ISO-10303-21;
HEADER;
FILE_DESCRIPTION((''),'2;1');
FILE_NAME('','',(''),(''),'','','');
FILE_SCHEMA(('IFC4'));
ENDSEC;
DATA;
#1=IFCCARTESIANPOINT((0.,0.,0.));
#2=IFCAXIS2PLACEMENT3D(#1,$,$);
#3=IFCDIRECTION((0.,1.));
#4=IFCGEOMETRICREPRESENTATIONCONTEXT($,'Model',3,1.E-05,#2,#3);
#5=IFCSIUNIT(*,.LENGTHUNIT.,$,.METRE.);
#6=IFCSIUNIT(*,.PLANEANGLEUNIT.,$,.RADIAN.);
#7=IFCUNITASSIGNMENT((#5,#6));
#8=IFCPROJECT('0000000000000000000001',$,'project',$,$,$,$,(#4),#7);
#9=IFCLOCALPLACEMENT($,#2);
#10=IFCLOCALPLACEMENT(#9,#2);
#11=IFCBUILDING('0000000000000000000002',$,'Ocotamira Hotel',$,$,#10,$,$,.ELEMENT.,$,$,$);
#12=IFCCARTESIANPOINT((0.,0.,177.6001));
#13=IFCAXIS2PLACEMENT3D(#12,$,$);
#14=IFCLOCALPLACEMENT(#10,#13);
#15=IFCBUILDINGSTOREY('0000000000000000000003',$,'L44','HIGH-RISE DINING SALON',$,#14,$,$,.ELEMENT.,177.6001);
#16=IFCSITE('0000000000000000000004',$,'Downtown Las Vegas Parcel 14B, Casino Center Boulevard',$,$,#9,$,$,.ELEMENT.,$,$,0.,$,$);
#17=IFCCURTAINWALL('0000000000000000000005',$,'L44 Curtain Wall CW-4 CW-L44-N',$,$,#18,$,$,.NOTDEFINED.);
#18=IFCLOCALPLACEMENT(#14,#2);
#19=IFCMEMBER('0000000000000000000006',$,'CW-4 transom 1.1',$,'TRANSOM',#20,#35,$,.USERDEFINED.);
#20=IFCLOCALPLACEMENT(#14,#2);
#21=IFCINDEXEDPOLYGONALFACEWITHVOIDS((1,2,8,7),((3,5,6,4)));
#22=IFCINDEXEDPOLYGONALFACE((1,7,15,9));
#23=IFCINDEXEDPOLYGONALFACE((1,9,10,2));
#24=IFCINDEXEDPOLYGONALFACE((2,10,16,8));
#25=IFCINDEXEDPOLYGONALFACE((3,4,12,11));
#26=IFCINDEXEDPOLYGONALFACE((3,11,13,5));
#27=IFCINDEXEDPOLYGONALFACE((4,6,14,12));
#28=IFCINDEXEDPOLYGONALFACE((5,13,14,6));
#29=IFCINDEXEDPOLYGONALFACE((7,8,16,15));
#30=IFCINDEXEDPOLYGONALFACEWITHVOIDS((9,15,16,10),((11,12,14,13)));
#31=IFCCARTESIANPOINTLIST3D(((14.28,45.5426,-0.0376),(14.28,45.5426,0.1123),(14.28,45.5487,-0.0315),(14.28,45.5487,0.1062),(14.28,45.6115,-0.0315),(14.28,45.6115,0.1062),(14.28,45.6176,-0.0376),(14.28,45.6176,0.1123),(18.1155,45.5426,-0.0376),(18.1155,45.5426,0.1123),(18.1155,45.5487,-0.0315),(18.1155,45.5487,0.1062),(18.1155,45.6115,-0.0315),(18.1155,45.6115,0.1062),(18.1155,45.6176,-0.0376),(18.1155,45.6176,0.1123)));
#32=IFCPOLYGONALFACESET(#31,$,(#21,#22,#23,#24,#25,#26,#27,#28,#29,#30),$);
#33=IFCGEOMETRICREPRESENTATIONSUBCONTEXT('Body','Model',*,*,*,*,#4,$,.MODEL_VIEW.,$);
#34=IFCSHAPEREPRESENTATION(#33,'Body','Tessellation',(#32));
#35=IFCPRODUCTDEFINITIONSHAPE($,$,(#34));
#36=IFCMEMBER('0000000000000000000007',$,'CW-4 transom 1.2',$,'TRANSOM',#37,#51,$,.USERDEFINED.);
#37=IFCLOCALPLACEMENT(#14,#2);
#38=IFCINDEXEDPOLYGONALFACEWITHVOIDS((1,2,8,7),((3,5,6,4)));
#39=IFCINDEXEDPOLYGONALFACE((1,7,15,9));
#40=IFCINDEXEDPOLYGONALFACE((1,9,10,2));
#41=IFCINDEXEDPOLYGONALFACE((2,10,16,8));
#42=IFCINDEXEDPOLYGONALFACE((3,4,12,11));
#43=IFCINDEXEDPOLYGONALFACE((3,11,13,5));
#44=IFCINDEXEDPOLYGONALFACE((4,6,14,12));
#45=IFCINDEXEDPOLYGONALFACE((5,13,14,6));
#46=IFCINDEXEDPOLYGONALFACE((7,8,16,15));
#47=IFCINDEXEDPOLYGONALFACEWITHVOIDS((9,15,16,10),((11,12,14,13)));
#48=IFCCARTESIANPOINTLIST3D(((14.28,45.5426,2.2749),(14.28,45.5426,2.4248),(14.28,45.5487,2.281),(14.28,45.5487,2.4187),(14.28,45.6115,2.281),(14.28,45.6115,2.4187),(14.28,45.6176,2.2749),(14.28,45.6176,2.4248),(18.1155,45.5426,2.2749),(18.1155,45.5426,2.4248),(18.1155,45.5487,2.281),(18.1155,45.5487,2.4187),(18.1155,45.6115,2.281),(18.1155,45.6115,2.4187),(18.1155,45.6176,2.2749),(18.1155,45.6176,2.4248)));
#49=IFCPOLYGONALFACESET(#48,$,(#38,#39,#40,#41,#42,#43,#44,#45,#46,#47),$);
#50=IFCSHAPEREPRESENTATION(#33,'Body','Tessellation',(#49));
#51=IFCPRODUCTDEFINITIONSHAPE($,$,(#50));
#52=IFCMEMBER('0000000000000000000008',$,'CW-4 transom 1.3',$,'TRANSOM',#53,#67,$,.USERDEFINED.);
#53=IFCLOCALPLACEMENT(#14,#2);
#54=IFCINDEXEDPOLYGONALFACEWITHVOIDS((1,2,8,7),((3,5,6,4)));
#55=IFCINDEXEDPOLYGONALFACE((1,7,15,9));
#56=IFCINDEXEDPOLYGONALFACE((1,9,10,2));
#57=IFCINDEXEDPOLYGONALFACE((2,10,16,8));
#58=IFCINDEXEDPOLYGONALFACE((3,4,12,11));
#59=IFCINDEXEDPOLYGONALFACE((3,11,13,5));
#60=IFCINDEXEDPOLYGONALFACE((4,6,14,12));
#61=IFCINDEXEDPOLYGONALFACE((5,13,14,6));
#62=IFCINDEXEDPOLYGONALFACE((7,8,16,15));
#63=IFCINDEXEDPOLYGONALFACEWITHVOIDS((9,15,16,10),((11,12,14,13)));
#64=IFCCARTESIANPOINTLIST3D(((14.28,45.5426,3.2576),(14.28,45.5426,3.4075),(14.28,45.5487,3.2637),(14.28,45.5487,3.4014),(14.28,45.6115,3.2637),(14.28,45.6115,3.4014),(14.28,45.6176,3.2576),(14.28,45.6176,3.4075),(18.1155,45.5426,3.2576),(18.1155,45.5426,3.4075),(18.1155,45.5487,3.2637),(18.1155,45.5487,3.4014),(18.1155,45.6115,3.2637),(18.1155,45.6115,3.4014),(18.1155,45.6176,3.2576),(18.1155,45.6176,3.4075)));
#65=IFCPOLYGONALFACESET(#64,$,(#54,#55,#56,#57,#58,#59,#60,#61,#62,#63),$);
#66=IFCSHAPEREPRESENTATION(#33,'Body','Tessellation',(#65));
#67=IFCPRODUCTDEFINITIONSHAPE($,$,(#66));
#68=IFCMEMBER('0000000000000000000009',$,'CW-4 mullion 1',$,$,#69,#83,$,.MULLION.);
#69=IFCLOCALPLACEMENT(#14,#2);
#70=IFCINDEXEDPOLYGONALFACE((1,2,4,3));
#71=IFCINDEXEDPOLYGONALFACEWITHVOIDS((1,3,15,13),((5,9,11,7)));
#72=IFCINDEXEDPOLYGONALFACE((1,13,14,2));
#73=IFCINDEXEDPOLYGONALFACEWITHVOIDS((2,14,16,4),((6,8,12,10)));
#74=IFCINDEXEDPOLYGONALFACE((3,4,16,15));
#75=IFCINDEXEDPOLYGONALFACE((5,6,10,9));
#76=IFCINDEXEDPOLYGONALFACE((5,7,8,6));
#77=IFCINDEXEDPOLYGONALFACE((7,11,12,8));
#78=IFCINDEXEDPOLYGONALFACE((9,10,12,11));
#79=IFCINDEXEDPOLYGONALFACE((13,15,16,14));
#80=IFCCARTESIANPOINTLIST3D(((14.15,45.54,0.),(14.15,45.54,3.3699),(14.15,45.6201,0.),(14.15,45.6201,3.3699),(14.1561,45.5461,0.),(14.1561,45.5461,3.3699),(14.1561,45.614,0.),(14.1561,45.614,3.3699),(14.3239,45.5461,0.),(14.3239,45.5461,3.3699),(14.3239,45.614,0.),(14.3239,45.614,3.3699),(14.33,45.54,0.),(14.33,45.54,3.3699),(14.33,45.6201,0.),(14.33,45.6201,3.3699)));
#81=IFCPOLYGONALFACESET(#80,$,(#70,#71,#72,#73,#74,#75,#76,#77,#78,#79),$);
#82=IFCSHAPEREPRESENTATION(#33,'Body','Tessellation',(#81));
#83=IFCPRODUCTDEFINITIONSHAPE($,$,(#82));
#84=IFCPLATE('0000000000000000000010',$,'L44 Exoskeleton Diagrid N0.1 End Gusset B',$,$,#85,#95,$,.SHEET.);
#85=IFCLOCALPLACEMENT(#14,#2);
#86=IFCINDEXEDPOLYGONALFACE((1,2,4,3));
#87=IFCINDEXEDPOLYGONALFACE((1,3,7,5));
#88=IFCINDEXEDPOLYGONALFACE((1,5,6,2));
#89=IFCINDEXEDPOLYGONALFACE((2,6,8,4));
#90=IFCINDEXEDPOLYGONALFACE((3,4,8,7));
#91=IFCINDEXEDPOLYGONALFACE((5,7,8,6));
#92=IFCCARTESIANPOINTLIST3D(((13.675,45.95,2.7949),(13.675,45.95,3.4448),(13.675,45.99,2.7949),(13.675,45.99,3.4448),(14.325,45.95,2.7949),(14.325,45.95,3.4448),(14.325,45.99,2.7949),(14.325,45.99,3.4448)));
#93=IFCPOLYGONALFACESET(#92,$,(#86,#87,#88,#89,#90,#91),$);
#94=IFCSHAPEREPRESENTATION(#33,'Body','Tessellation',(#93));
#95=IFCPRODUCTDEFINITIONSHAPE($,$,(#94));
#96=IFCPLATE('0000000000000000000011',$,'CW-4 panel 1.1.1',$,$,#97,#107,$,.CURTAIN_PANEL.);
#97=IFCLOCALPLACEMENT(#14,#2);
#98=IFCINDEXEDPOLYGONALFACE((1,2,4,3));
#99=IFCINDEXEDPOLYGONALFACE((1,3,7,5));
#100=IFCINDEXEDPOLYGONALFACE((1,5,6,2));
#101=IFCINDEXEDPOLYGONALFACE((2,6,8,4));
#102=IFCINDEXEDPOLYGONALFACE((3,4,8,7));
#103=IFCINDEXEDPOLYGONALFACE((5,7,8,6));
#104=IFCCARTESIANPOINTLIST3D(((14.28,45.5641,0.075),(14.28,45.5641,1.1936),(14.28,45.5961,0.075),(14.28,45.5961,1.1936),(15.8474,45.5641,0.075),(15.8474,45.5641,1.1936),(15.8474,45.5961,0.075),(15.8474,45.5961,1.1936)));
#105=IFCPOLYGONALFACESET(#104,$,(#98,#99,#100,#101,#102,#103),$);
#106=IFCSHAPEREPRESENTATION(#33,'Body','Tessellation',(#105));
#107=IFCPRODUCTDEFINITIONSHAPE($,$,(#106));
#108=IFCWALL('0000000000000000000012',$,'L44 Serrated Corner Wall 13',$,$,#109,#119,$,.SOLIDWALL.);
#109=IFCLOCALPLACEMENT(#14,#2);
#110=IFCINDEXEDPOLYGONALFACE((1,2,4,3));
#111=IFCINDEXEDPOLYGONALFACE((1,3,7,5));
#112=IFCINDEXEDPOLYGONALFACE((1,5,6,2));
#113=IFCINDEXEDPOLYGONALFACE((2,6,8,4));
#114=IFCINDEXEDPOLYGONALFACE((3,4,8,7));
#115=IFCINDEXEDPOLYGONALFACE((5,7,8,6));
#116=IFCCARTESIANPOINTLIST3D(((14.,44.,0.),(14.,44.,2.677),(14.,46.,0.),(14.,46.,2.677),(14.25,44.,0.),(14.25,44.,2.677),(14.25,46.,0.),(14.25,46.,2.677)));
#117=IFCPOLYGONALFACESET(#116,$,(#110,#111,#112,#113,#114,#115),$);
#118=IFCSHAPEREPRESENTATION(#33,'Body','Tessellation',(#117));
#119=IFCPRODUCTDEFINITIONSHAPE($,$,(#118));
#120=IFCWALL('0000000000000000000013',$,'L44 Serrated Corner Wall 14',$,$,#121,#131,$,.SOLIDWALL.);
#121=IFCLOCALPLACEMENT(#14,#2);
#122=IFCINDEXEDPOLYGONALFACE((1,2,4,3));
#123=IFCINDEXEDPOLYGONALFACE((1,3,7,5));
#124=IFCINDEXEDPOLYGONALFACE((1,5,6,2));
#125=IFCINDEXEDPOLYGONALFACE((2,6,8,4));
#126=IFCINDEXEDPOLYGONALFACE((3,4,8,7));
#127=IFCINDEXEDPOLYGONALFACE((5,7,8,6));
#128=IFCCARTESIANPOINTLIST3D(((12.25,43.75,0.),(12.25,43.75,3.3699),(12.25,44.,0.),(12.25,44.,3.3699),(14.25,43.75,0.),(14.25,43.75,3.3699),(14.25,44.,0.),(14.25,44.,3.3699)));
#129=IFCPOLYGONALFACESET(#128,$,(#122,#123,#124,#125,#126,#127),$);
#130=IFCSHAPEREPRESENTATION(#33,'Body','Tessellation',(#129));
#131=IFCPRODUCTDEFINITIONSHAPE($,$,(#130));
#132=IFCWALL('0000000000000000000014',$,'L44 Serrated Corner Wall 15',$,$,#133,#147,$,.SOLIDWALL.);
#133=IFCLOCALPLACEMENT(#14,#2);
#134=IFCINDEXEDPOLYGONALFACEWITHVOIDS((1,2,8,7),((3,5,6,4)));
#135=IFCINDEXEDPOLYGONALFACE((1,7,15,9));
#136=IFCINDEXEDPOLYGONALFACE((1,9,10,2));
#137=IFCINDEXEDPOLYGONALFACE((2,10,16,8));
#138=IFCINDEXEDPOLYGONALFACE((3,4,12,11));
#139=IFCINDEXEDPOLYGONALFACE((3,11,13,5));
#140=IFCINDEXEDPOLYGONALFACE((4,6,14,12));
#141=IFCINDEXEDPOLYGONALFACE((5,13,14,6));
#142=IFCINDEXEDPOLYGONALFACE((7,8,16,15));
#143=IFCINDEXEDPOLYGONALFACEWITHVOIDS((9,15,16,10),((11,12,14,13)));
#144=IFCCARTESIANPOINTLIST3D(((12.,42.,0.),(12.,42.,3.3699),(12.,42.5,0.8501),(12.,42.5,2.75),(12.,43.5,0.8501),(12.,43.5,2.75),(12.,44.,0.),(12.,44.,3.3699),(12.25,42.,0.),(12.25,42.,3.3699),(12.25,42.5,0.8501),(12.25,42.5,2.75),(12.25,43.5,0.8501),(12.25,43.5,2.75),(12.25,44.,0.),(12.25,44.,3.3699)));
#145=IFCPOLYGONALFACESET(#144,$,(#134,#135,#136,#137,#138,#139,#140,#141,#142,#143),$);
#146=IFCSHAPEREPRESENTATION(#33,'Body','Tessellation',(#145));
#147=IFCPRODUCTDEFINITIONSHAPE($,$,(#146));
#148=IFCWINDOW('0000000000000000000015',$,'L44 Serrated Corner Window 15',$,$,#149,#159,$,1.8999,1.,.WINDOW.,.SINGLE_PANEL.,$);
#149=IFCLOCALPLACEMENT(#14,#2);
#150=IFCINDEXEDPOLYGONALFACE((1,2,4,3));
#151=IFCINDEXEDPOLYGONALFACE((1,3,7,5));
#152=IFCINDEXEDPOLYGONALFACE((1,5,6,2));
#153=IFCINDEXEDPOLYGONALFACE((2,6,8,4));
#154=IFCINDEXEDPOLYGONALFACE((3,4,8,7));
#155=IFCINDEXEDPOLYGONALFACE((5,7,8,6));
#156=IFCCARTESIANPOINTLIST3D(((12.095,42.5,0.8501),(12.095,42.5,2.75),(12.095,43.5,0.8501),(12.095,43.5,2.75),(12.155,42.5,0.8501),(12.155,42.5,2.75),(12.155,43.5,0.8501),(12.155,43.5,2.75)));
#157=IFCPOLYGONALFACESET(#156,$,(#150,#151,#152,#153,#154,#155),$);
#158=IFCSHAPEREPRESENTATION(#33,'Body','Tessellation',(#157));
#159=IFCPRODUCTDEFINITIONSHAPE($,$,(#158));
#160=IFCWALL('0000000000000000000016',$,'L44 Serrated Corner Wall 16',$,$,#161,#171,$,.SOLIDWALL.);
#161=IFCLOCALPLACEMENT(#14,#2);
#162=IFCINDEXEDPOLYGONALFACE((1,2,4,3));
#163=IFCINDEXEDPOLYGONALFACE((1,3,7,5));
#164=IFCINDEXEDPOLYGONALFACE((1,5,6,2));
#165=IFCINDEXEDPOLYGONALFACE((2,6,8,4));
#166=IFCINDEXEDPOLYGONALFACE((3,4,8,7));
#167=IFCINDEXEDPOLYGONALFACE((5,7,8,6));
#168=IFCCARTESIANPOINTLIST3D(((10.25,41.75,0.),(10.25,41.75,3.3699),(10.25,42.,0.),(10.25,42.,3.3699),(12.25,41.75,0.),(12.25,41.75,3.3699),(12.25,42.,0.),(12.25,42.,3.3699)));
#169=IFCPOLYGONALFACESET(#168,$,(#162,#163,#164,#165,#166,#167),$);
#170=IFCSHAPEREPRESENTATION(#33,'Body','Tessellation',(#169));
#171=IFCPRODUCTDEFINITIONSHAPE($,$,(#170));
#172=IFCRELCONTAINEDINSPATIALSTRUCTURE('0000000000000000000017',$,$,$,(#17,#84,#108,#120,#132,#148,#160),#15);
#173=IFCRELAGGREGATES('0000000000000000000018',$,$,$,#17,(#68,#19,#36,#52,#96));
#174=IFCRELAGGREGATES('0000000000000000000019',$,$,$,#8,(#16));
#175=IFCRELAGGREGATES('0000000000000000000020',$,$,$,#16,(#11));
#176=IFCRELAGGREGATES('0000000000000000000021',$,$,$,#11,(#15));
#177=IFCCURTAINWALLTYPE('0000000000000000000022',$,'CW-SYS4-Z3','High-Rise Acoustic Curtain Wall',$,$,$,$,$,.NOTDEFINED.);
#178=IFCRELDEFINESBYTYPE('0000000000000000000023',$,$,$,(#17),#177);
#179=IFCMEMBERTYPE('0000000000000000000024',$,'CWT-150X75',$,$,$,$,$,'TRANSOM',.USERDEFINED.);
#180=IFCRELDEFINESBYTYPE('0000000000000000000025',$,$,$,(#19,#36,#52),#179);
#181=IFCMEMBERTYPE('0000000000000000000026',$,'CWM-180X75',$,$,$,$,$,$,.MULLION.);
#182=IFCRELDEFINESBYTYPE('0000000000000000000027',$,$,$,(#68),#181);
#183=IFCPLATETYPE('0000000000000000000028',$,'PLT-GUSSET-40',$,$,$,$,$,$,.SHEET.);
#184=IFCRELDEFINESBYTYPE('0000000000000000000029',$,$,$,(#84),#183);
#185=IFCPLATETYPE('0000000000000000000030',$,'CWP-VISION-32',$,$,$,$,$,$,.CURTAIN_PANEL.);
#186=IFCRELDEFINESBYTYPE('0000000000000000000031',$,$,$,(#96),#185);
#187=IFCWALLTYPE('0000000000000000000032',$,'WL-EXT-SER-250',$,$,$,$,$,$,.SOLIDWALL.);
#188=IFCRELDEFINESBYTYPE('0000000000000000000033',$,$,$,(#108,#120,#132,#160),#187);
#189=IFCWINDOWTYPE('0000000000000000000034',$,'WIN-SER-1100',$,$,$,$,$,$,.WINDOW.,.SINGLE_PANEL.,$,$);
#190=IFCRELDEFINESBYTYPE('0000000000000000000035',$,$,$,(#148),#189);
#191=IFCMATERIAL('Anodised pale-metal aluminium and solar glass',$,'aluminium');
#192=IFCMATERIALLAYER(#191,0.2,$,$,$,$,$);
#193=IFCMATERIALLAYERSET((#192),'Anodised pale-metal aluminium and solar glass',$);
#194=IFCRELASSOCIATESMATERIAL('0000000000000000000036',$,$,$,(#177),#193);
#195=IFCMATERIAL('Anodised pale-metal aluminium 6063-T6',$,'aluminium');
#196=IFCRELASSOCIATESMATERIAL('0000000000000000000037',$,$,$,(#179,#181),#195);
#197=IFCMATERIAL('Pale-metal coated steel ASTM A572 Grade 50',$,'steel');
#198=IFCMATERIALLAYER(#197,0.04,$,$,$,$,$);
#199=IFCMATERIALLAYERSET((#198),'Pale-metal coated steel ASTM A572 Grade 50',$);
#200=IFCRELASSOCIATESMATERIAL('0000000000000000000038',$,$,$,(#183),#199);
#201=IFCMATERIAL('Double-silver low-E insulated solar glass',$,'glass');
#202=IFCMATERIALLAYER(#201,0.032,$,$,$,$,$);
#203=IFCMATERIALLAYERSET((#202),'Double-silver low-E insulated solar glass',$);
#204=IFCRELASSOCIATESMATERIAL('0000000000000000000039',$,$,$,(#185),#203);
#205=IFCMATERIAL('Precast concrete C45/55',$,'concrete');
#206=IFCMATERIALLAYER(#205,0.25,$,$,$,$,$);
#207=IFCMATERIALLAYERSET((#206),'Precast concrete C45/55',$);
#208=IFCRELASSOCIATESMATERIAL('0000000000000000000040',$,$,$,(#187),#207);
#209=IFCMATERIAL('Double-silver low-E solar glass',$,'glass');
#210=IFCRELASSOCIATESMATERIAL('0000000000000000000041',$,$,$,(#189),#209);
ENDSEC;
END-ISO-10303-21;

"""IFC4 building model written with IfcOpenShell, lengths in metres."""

from ifc_helpers import new_model, si_unit, direction, frame, frame_2d, origin, origin_2d, place, context, subcontext, project, spatial, rectangle, hollow_rectangle, extrude, source, transform, mapped, material, layer, layer_set, material_profile, profile_set, type_object, element, fill, aggregate, save


model = new_model("IFC4")

# Units and contexts
model_context = context("Model", 3, precision=1e-05, world=origin(), true_north=direction((0.0, 1.0)))
body_context = subcontext(model_context, "Body", "Model", "MODEL_VIEW")
ifc_project = project(units=[si_unit("LENGTHUNIT", "METRE"), si_unit("PLANEANGLEUNIT", "RADIAN")], contexts=[model_context])

# Site, building, storey
site_placement = place(None, origin())
site = spatial("IfcSite", under=ifc_project, at=site_placement, Name="Downtown Las Vegas Parcel 14B, Casino Center Boulevard", CompositionType="ELEMENT", RefElevation=0.0)
building_placement = place(site_placement, origin())
building = spatial("IfcBuilding", under=site, at=building_placement, Name="Ocotamira Hotel", CompositionType="ELEMENT")
storey_placement = place(building_placement, frame((0.0, 0.0, 177.6001)))
storey = spatial("IfcBuildingStorey", under=building, at=storey_placement, Name="L44", Description="HIGH-RISE DINING SALON", CompositionType="ELEMENT", Elevation=177.6001)

# Curtain wall, members
ifc_material_1 = material(Name="Anodised pale-metal aluminium and solar glass", Category="aluminium")
ifc_layer_1 = layer(ifc_material_1, 0.2)
ifc_layer_set_1 = layer_set([ifc_layer_1], Name="Anodised pale-metal aluminium and solar glass")
curtain_wall_type = type_object("IfcCurtainWallType", Name="CW-SYS4-Z3", Description="High-Rise Acoustic Curtain Wall", PredefinedType="NOTDEFINED", material=ifc_layer_set_1)
curtain_wall_placement = place(storey_placement, origin())
curtain_wall = element("IfcCurtainWall", 1, at=curtain_wall_placement, inside=storey, type_object=curtain_wall_type, Name="L44 Curtain Wall CW-4 CW-L44-N", PredefinedType="NOTDEFINED")
ifc_material_2 = material(Name="Anodised pale-metal aluminium 6063-T6", Category="aluminium")
ifc_material_profile_1 = material_profile(ifc_material_2, hollow_rectangle(XDim=0.075, YDim=0.1499, WallThickness=0.0061, at=origin_2d()), Name="HSS150X75X6")
ifc_profile_set_1 = profile_set([ifc_material_profile_1], Name="Anodised pale-metal aluminium 6063-T6")
member_type_1 = type_object("IfcMemberType", Name="CWT-150X75", ElementType="TRANSOM", PredefinedType="USERDEFINED", material=ifc_profile_set_1)
shared_shape_1 = source(origin(), body_context, "Body", "SweptSolid", [
    extrude(hollow_rectangle(XDim=0.075, YDim=0.1499, WallThickness=0.0061, at=origin_2d()), origin(), (0.0, 0.0, 1.0), 3.8354),
])
member_1_placement = place(storey_placement, frame((14.28, 45.5801, 0.0374), z_axis=(1.0, 0.0, 0.0), x_axis=(0.0, 1.0, 0.0)))
member_1 = element("IfcMember", 2, at=member_1_placement, type_object=member_type_1, Name="CW-4 transom 1.1", ObjectType="TRANSOM", PredefinedType="USERDEFINED", context=body_context, shape_type="MappedRepresentation", body=[
    mapped(shared_shape_1, transform((0.0, 0.0, 0.0), scale=1.0)),
])
member_2_placement = place(storey_placement, frame((14.28, 45.5801, 2.3499), z_axis=(1.0, 0.0, 0.0), x_axis=(0.0, 1.0, 0.0)))
member_2 = element("IfcMember", 3, at=member_2_placement, type_object=member_type_1, Name="CW-4 transom 1.2", ObjectType="TRANSOM", PredefinedType="USERDEFINED", context=body_context, shape_type="MappedRepresentation", body=[
    mapped(shared_shape_1, transform((0.0, 0.0, 0.0), scale=1.0)),
])
member_3_placement = place(storey_placement, frame((14.28, 45.5801, 3.3325), z_axis=(1.0, 0.0, 0.0), x_axis=(0.0, 1.0, 0.0)))
member_3 = element("IfcMember", 4, at=member_3_placement, type_object=member_type_1, Name="CW-4 transom 1.3", ObjectType="TRANSOM", PredefinedType="USERDEFINED", context=body_context, shape_type="MappedRepresentation", body=[
    mapped(shared_shape_1, transform((0.0, 0.0, 0.0), scale=1.0)),
])
ifc_material_profile_2 = material_profile(ifc_material_2, hollow_rectangle(XDim=0.0801, YDim=0.1799, WallThickness=0.0061, at=origin_2d()), Name="HSS180X80X6")
ifc_profile_set_2 = profile_set([ifc_material_profile_2], Name="Anodised pale-metal aluminium 6063-T6")
member_type_2 = type_object("IfcMemberType", Name="CWM-180X75", PredefinedType="MULLION", material=ifc_profile_set_2)
shared_shape_2 = source(origin(), body_context, "Body", "SweptSolid", [
    extrude(hollow_rectangle(XDim=0.0801, YDim=0.1799, WallThickness=0.0061, at=origin_2d()), origin(), (0.0, 0.0, 1.0), 3.3699),
])
member_4_placement = place(storey_placement, frame((14.24, 45.5801, 0.0), z_axis=(0.0, 0.0, 1.0), x_axis=(0.0, 1.0, 0.0)))
member_4 = element("IfcMember", 5, at=member_4_placement, type_object=member_type_2, Name="CW-4 mullion 1", PredefinedType="MULLION", context=body_context, shape_type="MappedRepresentation", body=[
    mapped(shared_shape_2, transform((0.0, 0.0, 0.0), scale=1.0)),
])

# Plates
ifc_material_3 = material(Name="Pale-metal coated steel ASTM A572 Grade 50", Category="steel")
ifc_layer_2 = layer(ifc_material_3, 0.04)
ifc_layer_set_2 = layer_set([ifc_layer_2], Name="Pale-metal coated steel ASTM A572 Grade 50")
plate_type_1 = type_object("IfcPlateType", Name="PLT-GUSSET-40", PredefinedType="SHEET", material=ifc_layer_set_2)
shared_shape_3 = source(origin(), body_context, "Body", "SweptSolid", [
    extrude(rectangle(XDim=0.6499, YDim=0.04, at=origin_2d()), origin(), (0.0, 0.0, 1.0), 0.6499),
])
plate_1_placement = place(storey_placement, frame((14.0, 45.97, 2.7949), z_axis=(0.0, 0.0, 1.0), x_axis=(-1.0, 0.0, 0.0)))
element("IfcPlate", 6, at=plate_1_placement, inside=storey, type_object=plate_type_1, Name="L44 Exoskeleton Diagrid N0.1 End Gusset B", PredefinedType="SHEET", context=body_context, shape_type="MappedRepresentation", body=[
    mapped(shared_shape_3, transform((0.0, 0.0, 0.0), scale=1.0)),
])
ifc_material_4 = material(Name="Double-silver low-E insulated solar glass", Category="glass")
ifc_layer_3 = layer(ifc_material_4, 0.032)
ifc_layer_set_3 = layer_set([ifc_layer_3], Name="Double-silver low-E insulated solar glass")
plate_type_2 = type_object("IfcPlateType", Name="CWP-VISION-32", PredefinedType="CURTAIN_PANEL", material=ifc_layer_set_3)
shared_shape_4 = source(origin(), body_context, "Body", "SweptSolid", [
    extrude(rectangle(XDim=1.5674, YDim=0.032, at=origin_2d()), origin(), (0.0, 0.0, 1.0), 1.1187),
])
plate_2_placement = place(storey_placement, frame((15.0637, 45.5801, 0.075), z_axis=(0.0, 0.0, 1.0), x_axis=(1.0, 0.0, 0.0)))
plate_2 = element("IfcPlate", 7, at=plate_2_placement, type_object=plate_type_2, Name="CW-4 panel 1.1.1", PredefinedType="CURTAIN_PANEL", context=body_context, shape_type="MappedRepresentation", body=[
    mapped(shared_shape_4, transform((0.0, 0.0, 0.0), scale=1.0)),
])
aggregate(curtain_wall, [member_4, member_1, member_2, member_3, plate_2])

# Walls
ifc_material_5 = material(Name="Precast concrete C45/55", Category="concrete")
ifc_layer_4 = layer(ifc_material_5, 0.25)
ifc_layer_set_4 = layer_set([ifc_layer_4], Name="Precast concrete C45/55")
wall_type_1 = type_object("IfcWallType", Name="WL-EXT-SER-250", PredefinedType="SOLIDWALL", material=ifc_layer_set_4)
wall_1_placement = place(storey_placement, frame((14.125, 46.0, 0.0), z_axis=(0.0, 0.0, 1.0), x_axis=(0.0, -1.0, 0.0)))
element("IfcWall", 8, at=wall_1_placement, inside=storey, type_object=wall_type_1, Name="L44 Serrated Corner Wall 13", PredefinedType="SOLIDWALL", context=body_context, shape_type="SweptSolid", body=[
    extrude(rectangle(XDim=2.0, YDim=0.25, at=frame_2d((1.0, 0.0))), origin(), (0.0, 0.0, 1.0), 2.677),
])
wall_2_placement = place(storey_placement, frame((14.25, 43.875, 0.0), z_axis=(0.0, 0.0, 1.0), x_axis=(-1.0, 0.0, 0.0)))
element("IfcWall", 9, at=wall_2_placement, inside=storey, type_object=wall_type_1, Name="L44 Serrated Corner Wall 14", PredefinedType="SOLIDWALL", context=body_context, shape_type="SweptSolid", body=[
    extrude(rectangle(XDim=2.0, YDim=0.25, at=frame_2d((1.0, 0.0))), origin(), (0.0, 0.0, 1.0), 3.3699),
])

# Wall, opening, window
wall_3_placement = place(storey_placement, frame((12.125, 44.0, 0.0), z_axis=(0.0, 0.0, 1.0), x_axis=(0.0, -1.0, 0.0)))
wall_3 = element("IfcWall", 10, at=wall_3_placement, inside=storey, type_object=wall_type_1, Name="L44 Serrated Corner Wall 15", PredefinedType="SOLIDWALL", context=body_context, shape_type="SweptSolid", body=[
    extrude(rectangle(XDim=2.0, YDim=0.25, at=frame_2d((1.0, 0.0))), origin(), (0.0, 0.0, 1.0), 3.3699),
])
opening_placement = place(wall_3_placement, frame((0.5, 0.0, 0.8501)))
opening = element("IfcOpeningElement", 11, at=opening_placement, cuts=wall_3, PredefinedType="OPENING", context=body_context, shape_type="SweptSolid", body=[
    extrude(rectangle(XDim=1.0, YDim=1.8999, at=frame_2d((0.5, 0.95))), frame((0.0, 0.135, 0.0), z_axis=(0.0, -1.0, 0.0), x_axis=(1.0, 0.0, 0.0)), (0.0, 0.0, 1.0), 0.27),
])
ifc_material_6 = material(Name="Double-silver low-E solar glass", Category="glass")
window_type = type_object("IfcWindowType", Name="WIN-SER-1100", PartitioningType="SINGLE_PANEL", PredefinedType="WINDOW", material=ifc_material_6)
shared_shape_5 = source(origin(), body_context, "Body", "SweptSolid", [
    extrude(rectangle(XDim=1.0, YDim=1.8999, at=frame_2d((0.5, 0.95))), frame((0.0, 0.03, 0.0), z_axis=(0.0, -1.0, 0.0), x_axis=(1.0, 0.0, 0.0)), (0.0, 0.0, 1.0), 0.0601),
])
window_placement = place(opening_placement, origin())
window = element("IfcWindow", 12, at=window_placement, inside=storey, type_object=window_type, Name="L44 Serrated Corner Window 15", OverallHeight=1.8999, OverallWidth=1.0, PartitioningType="SINGLE_PANEL", PredefinedType="WINDOW", context=body_context, shape_type="MappedRepresentation", body=[
    mapped(shared_shape_5, transform((0.0, 0.0, 0.0), scale=1.0)),
])
fill(opening, window)

# Wall
for number, where, z_axis, x_axis, name in (
    (13, (12.25, 41.875, 0.0), (0.0, 0.0, 1.0), (-1.0, 0.0, 0.0), "L44 Serrated Corner Wall 16"),
):
    element("IfcWall", number, at=place(storey_placement, frame(where, z_axis=z_axis, x_axis=x_axis)), inside=storey, type_object=wall_type_1, Name=name, PredefinedType="SOLIDWALL", context=body_context, shape_type="SweptSolid", body=[
        extrude(rectangle(XDim=2.0, YDim=0.25, at=frame_2d((1.0, 0.0))), origin(), (0.0, 0.0, 1.0), 3.3699),
    ])

save(model, "model.ifc")
